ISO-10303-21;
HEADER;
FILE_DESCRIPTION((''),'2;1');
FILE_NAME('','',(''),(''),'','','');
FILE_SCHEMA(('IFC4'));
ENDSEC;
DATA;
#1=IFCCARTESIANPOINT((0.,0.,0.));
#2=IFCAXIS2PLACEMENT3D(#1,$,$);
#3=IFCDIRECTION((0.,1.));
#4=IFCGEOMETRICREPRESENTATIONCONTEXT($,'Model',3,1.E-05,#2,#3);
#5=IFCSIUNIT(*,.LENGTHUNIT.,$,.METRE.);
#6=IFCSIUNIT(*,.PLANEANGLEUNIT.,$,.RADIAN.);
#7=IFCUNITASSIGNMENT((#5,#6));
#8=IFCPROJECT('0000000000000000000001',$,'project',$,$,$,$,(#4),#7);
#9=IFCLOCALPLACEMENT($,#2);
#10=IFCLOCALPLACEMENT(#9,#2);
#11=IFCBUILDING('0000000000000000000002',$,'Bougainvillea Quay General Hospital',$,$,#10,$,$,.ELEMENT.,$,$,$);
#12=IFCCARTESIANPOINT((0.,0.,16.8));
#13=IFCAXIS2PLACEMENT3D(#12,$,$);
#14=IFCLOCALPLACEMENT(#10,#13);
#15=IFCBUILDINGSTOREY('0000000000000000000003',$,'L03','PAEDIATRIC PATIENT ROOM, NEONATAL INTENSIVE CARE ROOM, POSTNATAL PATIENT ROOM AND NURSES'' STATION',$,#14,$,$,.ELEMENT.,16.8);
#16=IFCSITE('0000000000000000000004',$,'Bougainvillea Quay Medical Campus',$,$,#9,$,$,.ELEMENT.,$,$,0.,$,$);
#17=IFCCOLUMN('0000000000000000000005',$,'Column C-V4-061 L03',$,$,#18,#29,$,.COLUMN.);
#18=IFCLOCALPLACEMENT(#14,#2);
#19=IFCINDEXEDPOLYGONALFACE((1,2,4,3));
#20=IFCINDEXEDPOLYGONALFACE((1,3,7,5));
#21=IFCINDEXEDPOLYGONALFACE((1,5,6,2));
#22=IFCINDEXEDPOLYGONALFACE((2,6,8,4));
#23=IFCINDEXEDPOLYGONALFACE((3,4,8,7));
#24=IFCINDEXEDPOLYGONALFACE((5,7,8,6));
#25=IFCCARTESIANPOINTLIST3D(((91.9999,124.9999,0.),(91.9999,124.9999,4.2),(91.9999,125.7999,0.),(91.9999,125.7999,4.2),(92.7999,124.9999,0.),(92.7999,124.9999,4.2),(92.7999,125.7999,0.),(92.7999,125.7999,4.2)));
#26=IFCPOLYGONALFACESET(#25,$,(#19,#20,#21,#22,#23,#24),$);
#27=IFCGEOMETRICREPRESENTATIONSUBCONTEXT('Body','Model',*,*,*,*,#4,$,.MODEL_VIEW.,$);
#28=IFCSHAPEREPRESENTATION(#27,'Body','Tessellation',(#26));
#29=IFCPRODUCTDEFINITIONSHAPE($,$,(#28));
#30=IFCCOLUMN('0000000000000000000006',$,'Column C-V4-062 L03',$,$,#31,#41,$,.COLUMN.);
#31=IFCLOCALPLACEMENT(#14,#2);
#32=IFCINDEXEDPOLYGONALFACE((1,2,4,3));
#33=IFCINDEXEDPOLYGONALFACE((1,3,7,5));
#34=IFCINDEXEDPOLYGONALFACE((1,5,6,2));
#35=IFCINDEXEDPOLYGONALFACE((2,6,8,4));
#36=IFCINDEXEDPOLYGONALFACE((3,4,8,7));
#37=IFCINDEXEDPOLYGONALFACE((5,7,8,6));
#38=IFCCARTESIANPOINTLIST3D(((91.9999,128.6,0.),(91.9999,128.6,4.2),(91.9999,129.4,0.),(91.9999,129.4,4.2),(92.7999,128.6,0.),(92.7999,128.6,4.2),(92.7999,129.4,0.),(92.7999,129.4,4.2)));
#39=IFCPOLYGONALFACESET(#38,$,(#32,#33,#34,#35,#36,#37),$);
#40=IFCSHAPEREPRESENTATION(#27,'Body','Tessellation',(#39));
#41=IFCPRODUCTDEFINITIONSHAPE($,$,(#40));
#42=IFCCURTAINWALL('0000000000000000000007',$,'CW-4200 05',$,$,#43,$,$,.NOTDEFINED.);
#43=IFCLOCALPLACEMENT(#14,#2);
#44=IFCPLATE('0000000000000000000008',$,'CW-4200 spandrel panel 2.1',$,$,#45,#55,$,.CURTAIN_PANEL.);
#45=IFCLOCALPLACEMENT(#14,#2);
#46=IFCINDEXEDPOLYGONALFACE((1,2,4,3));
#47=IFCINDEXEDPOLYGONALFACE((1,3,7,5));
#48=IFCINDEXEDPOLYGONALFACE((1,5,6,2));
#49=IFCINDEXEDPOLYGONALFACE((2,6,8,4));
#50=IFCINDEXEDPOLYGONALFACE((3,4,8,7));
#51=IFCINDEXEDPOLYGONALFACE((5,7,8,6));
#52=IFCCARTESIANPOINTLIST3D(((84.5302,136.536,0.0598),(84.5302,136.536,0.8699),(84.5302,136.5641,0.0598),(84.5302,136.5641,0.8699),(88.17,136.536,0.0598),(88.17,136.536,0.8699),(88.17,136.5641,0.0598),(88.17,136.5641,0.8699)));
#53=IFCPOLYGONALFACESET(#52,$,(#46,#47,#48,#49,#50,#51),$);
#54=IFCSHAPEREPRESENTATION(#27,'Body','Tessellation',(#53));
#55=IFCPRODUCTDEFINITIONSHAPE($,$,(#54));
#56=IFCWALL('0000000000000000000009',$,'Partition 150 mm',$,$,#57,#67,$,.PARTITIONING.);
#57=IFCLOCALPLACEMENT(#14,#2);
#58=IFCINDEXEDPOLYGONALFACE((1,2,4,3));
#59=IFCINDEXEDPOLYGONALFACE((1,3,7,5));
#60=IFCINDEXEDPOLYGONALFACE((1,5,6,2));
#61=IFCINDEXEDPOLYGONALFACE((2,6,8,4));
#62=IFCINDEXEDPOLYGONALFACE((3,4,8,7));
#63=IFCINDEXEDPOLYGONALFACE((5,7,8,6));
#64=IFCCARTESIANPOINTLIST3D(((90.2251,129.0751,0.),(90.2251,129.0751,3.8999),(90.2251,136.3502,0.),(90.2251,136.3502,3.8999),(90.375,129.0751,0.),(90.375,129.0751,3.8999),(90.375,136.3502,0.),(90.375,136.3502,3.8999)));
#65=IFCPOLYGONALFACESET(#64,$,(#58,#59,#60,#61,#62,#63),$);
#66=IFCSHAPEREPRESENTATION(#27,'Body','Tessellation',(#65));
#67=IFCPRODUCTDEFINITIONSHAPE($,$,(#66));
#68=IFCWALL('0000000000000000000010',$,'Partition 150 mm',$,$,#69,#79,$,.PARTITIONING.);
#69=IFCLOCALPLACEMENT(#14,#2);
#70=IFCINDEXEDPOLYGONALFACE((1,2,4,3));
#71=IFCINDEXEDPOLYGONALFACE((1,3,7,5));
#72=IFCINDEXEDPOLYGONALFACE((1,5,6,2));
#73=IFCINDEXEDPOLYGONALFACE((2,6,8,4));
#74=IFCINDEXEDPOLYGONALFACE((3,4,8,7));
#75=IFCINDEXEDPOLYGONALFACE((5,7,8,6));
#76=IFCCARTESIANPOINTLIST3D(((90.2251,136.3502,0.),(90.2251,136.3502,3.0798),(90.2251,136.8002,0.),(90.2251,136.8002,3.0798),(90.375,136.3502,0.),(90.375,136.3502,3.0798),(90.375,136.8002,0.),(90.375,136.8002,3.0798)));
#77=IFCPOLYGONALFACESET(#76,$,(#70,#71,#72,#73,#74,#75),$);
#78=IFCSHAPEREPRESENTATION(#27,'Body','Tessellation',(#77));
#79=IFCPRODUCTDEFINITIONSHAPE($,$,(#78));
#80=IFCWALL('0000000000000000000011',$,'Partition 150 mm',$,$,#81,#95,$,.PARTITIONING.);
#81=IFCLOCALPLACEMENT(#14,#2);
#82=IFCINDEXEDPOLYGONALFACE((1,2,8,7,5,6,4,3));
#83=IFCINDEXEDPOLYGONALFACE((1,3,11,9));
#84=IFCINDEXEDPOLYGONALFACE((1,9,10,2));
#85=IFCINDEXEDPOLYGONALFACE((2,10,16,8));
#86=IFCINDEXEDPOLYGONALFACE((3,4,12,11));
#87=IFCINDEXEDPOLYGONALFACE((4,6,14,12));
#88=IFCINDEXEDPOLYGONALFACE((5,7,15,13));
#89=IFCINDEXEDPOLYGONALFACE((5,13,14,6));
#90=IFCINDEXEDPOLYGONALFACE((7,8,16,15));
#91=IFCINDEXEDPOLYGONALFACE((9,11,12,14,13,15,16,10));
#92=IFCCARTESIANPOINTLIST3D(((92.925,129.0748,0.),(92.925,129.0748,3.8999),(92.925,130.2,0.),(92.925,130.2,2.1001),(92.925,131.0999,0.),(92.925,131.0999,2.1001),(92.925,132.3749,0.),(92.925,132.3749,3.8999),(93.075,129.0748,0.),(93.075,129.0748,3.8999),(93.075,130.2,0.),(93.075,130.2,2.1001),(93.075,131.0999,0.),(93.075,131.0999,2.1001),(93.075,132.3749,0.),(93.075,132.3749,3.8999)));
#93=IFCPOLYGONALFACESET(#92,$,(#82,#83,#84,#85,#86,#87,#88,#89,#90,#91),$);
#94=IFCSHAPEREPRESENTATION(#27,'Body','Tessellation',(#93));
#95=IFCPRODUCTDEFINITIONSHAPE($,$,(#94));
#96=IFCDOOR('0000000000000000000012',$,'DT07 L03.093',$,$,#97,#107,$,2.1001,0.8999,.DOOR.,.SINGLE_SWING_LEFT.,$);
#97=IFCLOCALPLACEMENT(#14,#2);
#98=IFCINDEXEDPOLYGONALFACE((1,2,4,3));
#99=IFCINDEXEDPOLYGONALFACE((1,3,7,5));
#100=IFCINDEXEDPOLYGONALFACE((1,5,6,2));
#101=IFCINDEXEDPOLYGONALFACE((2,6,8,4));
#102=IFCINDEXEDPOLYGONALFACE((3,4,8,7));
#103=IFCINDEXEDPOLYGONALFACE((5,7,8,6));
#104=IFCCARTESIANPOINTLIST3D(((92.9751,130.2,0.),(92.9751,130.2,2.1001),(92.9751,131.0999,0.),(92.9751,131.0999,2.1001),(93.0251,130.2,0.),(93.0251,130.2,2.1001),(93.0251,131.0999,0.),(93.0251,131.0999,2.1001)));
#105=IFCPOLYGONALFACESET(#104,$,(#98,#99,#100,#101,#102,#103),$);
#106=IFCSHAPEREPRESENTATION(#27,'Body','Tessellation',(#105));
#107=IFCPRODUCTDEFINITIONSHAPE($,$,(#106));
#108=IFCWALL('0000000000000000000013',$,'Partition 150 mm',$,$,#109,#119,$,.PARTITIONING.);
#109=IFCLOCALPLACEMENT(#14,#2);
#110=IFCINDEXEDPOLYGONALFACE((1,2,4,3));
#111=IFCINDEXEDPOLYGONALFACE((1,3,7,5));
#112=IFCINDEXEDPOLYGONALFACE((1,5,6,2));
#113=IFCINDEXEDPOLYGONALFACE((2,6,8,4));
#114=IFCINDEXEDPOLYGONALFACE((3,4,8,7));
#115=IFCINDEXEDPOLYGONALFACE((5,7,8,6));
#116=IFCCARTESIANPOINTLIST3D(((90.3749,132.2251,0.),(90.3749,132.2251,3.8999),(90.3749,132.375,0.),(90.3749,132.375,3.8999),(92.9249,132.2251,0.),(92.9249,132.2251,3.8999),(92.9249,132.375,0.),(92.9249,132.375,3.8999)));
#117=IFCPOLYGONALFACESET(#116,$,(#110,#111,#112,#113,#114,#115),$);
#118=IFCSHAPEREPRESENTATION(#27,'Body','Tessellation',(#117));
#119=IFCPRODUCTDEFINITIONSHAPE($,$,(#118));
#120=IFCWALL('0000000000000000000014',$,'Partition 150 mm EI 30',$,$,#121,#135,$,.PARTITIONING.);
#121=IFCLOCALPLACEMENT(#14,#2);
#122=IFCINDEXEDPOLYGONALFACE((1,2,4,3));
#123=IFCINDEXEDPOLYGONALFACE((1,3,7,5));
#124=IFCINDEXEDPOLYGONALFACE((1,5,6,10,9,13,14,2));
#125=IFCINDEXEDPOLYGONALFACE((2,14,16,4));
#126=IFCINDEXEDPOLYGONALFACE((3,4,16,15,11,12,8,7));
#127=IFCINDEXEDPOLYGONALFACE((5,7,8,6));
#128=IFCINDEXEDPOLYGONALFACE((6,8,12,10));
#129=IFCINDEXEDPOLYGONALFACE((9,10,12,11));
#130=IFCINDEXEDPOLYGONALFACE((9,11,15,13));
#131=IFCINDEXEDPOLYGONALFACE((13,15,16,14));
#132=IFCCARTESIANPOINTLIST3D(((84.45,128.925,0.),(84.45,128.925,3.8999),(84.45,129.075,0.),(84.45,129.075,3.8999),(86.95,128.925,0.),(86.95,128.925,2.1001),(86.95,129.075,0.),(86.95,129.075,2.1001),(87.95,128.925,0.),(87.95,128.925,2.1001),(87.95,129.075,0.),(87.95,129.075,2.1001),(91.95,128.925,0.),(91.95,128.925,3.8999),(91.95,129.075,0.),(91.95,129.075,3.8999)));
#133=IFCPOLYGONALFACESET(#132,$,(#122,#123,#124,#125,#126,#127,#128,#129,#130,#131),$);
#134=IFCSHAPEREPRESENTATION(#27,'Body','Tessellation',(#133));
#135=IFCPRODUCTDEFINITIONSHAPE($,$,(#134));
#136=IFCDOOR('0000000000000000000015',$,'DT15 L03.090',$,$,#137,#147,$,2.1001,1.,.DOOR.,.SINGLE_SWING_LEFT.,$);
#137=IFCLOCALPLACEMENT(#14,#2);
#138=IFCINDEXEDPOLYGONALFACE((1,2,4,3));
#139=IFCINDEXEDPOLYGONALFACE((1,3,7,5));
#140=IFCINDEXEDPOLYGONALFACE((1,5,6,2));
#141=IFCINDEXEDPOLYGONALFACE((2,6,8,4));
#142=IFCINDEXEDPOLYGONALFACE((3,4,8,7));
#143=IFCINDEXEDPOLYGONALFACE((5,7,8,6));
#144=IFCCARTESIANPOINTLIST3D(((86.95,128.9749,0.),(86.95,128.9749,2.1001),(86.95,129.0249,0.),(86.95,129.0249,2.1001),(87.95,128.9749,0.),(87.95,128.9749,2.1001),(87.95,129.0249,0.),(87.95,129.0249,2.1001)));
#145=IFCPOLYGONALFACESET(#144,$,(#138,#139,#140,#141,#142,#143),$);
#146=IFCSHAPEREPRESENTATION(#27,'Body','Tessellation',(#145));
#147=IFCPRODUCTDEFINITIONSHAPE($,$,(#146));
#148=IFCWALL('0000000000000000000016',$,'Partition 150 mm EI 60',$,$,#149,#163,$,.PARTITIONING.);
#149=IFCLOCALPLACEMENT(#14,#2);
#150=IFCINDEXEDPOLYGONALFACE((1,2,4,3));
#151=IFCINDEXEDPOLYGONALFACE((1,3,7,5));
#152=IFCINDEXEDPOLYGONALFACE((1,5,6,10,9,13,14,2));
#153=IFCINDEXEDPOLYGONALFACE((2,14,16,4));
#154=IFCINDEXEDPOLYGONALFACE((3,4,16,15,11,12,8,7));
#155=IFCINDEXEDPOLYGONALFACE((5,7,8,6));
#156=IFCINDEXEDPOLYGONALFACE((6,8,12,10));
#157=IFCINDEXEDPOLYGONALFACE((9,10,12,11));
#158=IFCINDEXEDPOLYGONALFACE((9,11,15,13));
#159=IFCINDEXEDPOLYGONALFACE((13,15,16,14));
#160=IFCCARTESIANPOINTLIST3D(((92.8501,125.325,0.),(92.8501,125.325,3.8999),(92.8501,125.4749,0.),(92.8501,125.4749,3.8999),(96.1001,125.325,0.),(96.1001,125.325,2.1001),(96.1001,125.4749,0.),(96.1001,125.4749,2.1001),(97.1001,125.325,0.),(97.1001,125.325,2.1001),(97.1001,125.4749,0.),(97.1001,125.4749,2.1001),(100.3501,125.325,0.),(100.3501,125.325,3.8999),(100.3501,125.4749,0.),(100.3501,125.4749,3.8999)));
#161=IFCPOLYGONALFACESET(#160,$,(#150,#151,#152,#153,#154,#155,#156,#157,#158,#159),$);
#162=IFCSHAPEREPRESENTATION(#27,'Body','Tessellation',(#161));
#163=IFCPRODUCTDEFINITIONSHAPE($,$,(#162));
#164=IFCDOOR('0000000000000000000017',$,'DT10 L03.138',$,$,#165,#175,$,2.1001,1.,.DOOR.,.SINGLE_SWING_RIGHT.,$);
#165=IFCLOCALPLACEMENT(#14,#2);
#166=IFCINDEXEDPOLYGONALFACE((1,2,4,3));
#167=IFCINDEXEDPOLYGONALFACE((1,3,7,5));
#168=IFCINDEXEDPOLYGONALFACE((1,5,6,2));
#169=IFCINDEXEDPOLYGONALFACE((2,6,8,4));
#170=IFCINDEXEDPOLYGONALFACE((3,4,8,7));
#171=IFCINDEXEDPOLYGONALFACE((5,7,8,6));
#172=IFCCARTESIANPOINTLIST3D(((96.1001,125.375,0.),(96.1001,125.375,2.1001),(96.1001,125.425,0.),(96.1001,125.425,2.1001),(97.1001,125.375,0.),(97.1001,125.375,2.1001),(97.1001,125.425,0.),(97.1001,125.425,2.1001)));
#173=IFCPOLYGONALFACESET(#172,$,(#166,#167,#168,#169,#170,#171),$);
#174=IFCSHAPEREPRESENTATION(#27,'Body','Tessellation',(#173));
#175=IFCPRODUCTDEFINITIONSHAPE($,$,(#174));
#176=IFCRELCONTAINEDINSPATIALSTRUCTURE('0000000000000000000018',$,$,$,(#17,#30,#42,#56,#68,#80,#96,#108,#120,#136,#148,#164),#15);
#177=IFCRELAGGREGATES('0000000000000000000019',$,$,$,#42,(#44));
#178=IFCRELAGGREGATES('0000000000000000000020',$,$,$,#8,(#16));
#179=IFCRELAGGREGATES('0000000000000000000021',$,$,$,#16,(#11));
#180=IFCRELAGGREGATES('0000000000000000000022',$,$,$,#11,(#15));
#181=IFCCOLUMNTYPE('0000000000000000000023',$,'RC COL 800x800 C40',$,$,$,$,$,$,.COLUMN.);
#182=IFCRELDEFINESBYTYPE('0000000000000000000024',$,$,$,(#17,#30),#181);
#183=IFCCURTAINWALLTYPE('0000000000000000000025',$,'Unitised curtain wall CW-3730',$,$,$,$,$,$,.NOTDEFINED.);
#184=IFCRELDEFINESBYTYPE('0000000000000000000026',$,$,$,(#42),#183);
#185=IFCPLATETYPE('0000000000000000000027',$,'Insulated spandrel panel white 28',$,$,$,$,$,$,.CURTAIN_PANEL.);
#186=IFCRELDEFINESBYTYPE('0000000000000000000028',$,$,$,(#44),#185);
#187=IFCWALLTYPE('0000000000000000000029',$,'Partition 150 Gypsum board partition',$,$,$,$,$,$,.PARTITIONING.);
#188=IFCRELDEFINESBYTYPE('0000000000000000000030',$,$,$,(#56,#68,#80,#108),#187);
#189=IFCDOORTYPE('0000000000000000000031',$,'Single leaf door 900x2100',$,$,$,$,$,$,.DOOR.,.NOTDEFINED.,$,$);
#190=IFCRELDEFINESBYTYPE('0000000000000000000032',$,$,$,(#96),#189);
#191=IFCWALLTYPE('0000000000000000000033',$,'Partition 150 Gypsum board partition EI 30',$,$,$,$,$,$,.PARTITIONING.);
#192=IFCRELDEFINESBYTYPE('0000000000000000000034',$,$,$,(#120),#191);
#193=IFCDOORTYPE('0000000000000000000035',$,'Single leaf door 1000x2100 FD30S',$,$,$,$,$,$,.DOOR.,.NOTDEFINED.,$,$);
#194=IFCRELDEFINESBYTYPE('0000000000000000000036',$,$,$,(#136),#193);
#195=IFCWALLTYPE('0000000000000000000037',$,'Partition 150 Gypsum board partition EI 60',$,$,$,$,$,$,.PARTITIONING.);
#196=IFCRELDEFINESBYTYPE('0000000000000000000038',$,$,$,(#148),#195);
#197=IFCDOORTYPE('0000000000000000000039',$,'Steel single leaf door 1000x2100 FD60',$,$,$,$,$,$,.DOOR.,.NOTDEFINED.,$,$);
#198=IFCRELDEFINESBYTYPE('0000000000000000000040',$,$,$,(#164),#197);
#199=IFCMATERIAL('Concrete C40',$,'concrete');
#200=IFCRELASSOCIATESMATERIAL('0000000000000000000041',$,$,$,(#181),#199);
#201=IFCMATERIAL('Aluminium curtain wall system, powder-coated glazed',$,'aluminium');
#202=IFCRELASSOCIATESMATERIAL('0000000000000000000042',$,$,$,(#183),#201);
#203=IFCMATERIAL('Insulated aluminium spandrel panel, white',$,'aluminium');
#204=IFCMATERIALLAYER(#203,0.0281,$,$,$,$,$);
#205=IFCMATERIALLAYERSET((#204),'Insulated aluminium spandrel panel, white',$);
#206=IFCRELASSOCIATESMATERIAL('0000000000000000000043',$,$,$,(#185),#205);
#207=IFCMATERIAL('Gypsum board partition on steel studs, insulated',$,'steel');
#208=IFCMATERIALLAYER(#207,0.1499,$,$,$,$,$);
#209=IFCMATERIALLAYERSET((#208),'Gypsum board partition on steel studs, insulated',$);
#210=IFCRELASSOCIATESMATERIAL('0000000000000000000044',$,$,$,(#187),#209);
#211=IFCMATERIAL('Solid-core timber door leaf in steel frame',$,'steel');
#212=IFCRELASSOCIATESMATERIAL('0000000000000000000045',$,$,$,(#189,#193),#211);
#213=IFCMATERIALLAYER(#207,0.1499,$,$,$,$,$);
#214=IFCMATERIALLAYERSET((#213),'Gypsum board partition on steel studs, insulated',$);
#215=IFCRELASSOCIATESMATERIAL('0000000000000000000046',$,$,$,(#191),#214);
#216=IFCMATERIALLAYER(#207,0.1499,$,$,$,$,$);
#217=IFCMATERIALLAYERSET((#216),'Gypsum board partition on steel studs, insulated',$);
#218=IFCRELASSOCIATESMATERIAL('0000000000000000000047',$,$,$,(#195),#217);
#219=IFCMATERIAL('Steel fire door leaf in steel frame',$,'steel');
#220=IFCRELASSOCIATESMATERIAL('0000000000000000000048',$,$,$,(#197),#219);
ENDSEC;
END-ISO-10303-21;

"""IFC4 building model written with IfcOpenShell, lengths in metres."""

from ifc_helpers import new_model, si_unit, direction, frame, frame_2d, origin, origin_2d, place, context, subcontext, project, spatial, rectangle, extrude, material, layer, layer_set, material_profile, profile_set, type_object, element, fill, aggregate, save


model = new_model("IFC4")

# Units and contexts
model_context = context("Model", 3, precision=1e-05, world=origin(), true_north=direction((0.0, 1.0)))
body_context = subcontext(model_context, "Body", "Model", "MODEL_VIEW")
ifc_project = project(units=[si_unit("LENGTHUNIT", "METRE"), si_unit("PLANEANGLEUNIT", "RADIAN")], contexts=[model_context])

# Site, building, storey
site_placement = place(None, origin())
site = spatial("IfcSite", under=ifc_project, at=site_placement, Name="Bougainvillea Quay Medical Campus", CompositionType="ELEMENT", RefElevation=0.0)
building_placement = place(site_placement, origin())
building = spatial("IfcBuilding", under=site, at=building_placement, Name="Bougainvillea Quay General Hospital", CompositionType="ELEMENT")
storey_placement = place(building_placement, frame((0.0, 0.0, 16.8)))
storey = spatial("IfcBuildingStorey", under=building, at=storey_placement, Name="L03", Description="PAEDIATRIC PATIENT ROOM, NEONATAL INTENSIVE CARE ROOM, POSTNATAL PATIENT ROOM AND NURSES' STATION", CompositionType="ELEMENT", Elevation=16.8)

# Columns
ifc_material_1 = material(Name="Concrete C40", Category="concrete")
ifc_material_profile_1 = material_profile(ifc_material_1, rectangle(XDim=0.8, YDim=0.8, at=origin_2d()))
ifc_profile_set_1 = profile_set([ifc_material_profile_1], Name="Concrete C40")
column_type = type_object("IfcColumnType", Name="RC COL 800x800 C40", PredefinedType="COLUMN", material=ifc_profile_set_1)
for number, where, z_axis, x_axis, name in (
    (1, (92.3999, 125.3999, 0.0), (0.0, 0.0, 1.0), (1.0, 0.0, 0.0), "Column C-V4-061 L03"),
    (2, (92.3999, 129.0, 0.0), (0.0, 0.0, 1.0), (1.0, 0.0, 0.0), "Column C-V4-062 L03"),
):
    element("IfcColumn", number, at=place(storey_placement, frame(where, z_axis=z_axis, x_axis=x_axis)), inside=storey, type_object=column_type, Name=name, PredefinedType="COLUMN", context=body_context, shape_type="SweptSolid", body=[
        extrude(rectangle(XDim=0.8, YDim=0.8, at=origin_2d()), origin(), (0.0, 0.0, 1.0), 4.2),
    ])

# Curtain wall, plate
ifc_material_2 = material(Name="Aluminium curtain wall system, powder-coated glazed", Category="aluminium")
curtain_wall_type = type_object("IfcCurtainWallType", Name="Unitised curtain wall CW-3730", PredefinedType="NOTDEFINED", material=ifc_material_2)
curtain_wall_placement = place(storey_placement, origin())
curtain_wall = element("IfcCurtainWall", 3, at=curtain_wall_placement, inside=storey, type_object=curtain_wall_type, Name="CW-4200 05", PredefinedType="NOTDEFINED")
ifc_material_3 = material(Name="Insulated aluminium spandrel panel, white", Category="aluminium")
ifc_layer_1 = layer(ifc_material_3, 0.0281)
ifc_layer_set_1 = layer_set([ifc_layer_1], Name="Insulated aluminium spandrel panel, white")
plate_type = type_object("IfcPlateType", Name="Insulated spandrel panel white 28", PredefinedType="CURTAIN_PANEL", material=ifc_layer_set_1)
plate_placement = place(storey_placement, frame((86.3501, 136.55, 0.0598), z_axis=(0.0, 0.0, 1.0), x_axis=(-1.0, 0.0, 0.0)))
plate = element("IfcPlate", 4, at=plate_placement, type_object=plate_type, Name="CW-4200 spandrel panel 2.1", PredefinedType="CURTAIN_PANEL", context=body_context, shape_type="SweptSolid", body=[
    extrude(rectangle(XDim=3.6399, YDim=0.0281, at=origin_2d()), origin(), (0.0, 0.0, 1.0), 0.8101),
])
aggregate(curtain_wall, [plate])

# Walls
ifc_material_4 = material(Name="Gypsum board partition on steel studs, insulated", Category="steel")
ifc_layer_2 = layer(ifc_material_4, 0.1499)
ifc_layer_set_2 = layer_set([ifc_layer_2], Name="Gypsum board partition on steel studs, insulated")
wall_type_1 = type_object("IfcWallType", Name="Partition 150 Gypsum board partition", PredefinedType="PARTITIONING", material=ifc_layer_set_2)
wall_1_placement = place(storey_placement, frame((90.3, 129.075, 0.0), z_axis=(0.0, 0.0, 1.0), x_axis=(0.0, 1.0, 0.0)))
element("IfcWall", 5, at=wall_1_placement, inside=storey, type_object=wall_type_1, Name="Partition 150 mm", PredefinedType="PARTITIONING", context=body_context, shape_type="SweptSolid", body=[
    extrude(rectangle(XDim=7.2751, YDim=0.1499, at=frame_2d((3.6377, 0.0))), origin(), (0.0, 0.0, 1.0), 3.8999),
])
wall_2_placement = place(storey_placement, frame((90.3, 136.3501, 0.0), z_axis=(0.0, 0.0, 1.0), x_axis=(0.0, 1.0, 0.0)))
element("IfcWall", 6, at=wall_2_placement, inside=storey, type_object=wall_type_1, Name="Partition 150 mm", PredefinedType="PARTITIONING", context=body_context, shape_type="SweptSolid", body=[
    extrude(rectangle(XDim=0.45, YDim=0.1499, at=frame_2d((0.2251, 0.0))), origin(), (0.0, 0.0, 1.0), 3.0798),
])

# Wall, opening, door
wall_3_placement = place(storey_placement, frame((93.0, 129.075, 0.0), z_axis=(0.0, 0.0, 1.0), x_axis=(0.0, 1.0, 0.0)))
wall_3 = element("IfcWall", 7, at=wall_3_placement, inside=storey, type_object=wall_type_1, Name="Partition 150 mm", PredefinedType="PARTITIONING", context=body_context, shape_type="SweptSolid", body=[
    extrude(rectangle(XDim=3.3, YDim=0.1499, at=frame_2d((1.6499, 0.0))), origin(), (0.0, 0.0, 1.0), 3.8999),
])
opening_1_placement = place(wall_3_placement, frame((1.125, 0.0, 0.0)))
opening_1 = element("IfcOpeningElement", 8, at=opening_1_placement, cuts=wall_3, PredefinedType="OPENING", context=body_context, shape_type="SweptSolid", body=[
    extrude(rectangle(XDim=0.8999, YDim=2.1001, at=frame_2d((0.45, 1.05))), frame((0.0, 0.085, 0.0), z_axis=(0.0, -1.0, 0.0), x_axis=(1.0, 0.0, 0.0)), (0.0, 0.0, 1.0), 0.1699),
])
ifc_material_5 = material(Name="Solid-core timber door leaf in steel frame", Category="steel")
door_type_1 = type_object("IfcDoorType", Name="Single leaf door 900x2100", OperationType="NOTDEFINED", PredefinedType="DOOR", material=ifc_material_5)
door_1_placement = place(opening_1_placement, origin())
door_1 = element("IfcDoor", 9, at=door_1_placement, inside=storey, type_object=door_type_1, Name="DT07 L03.093", OperationType="SINGLE_SWING_LEFT", OverallHeight=2.1001, OverallWidth=0.8999, PredefinedType="DOOR", context=body_context, shape_type="SweptSolid", body=[
    extrude(rectangle(XDim=0.8999, YDim=2.1001, at=frame_2d((0.45, 1.05))), frame((0.0, 0.0249, 0.0), z_axis=(0.0, -1.0, 0.0), x_axis=(1.0, 0.0, 0.0)), (0.0, 0.0, 1.0), 0.05),
])
fill(opening_1, door_1)

# Wall
wall_4_placement = place(storey_placement, frame((90.375, 132.3, 0.0), z_axis=(0.0, 0.0, 1.0), x_axis=(1.0, 0.0, 0.0)))
element("IfcWall", 10, at=wall_4_placement, inside=storey, type_object=wall_type_1, Name="Partition 150 mm", PredefinedType="PARTITIONING", context=body_context, shape_type="SweptSolid", body=[
    extrude(rectangle(XDim=2.55, YDim=0.1499, at=frame_2d((1.2749, 0.0))), origin(), (0.0, 0.0, 1.0), 3.8999),
])

# Walls, openings, doors
ifc_layer_3 = layer(ifc_material_4, 0.1499)
ifc_layer_set_3 = layer_set([ifc_layer_3], Name="Gypsum board partition on steel studs, insulated")
wall_type_2 = type_object("IfcWallType", Name="Partition 150 Gypsum board partition EI 30", PredefinedType="PARTITIONING", material=ifc_layer_set_3)
wall_5_placement = place(storey_placement, frame((91.95, 129.0, 0.0), z_axis=(0.0, 0.0, 1.0), x_axis=(-1.0, 0.0, 0.0)))
wall_5 = element("IfcWall", 11, at=wall_5_placement, inside=storey, type_object=wall_type_2, Name="Partition 150 mm EI 30", PredefinedType="PARTITIONING", context=body_context, shape_type="SweptSolid", body=[
    extrude(rectangle(XDim=7.5, YDim=0.1499, at=frame_2d((3.75, 0.0))), origin(), (0.0, 0.0, 1.0), 3.8999),
])
opening_2_placement = place(wall_5_placement, frame((4.0, 0.0, 0.0)))
opening_2 = element("IfcOpeningElement", 12, at=opening_2_placement, cuts=wall_5, PredefinedType="OPENING", context=body_context, shape_type="SweptSolid", body=[
    extrude(rectangle(XDim=1.0, YDim=2.1001, at=frame_2d((0.5, 1.05))), frame((0.0, 0.085, 0.0), z_axis=(0.0, -1.0, 0.0), x_axis=(1.0, 0.0, 0.0)), (0.0, 0.0, 1.0), 0.1699),
])
door_type_2 = type_object("IfcDoorType", Name="Single leaf door 1000x2100 FD30S", OperationType="NOTDEFINED", PredefinedType="DOOR", material=ifc_material_5)
door_2_placement = place(opening_2_placement, frame((1.0, 0.0, 0.0), z_axis=(0.0, 0.0, 1.0), x_axis=(-1.0, 0.0, 0.0)))
door_2 = element("IfcDoor", 13, at=door_2_placement, inside=storey, type_object=door_type_2, Name="DT15 L03.090", OperationType="SINGLE_SWING_LEFT", OverallHeight=2.1001, OverallWidth=1.0, PredefinedType="DOOR", context=body_context, shape_type="SweptSolid", body=[
    extrude(rectangle(XDim=1.0, YDim=2.1001, at=frame_2d((0.5, 1.05))), frame((0.0, 0.0249, 0.0), z_axis=(0.0, -1.0, 0.0), x_axis=(1.0, 0.0, 0.0)), (0.0, 0.0, 1.0), 0.05),
])
fill(opening_2, door_2)
ifc_layer_4 = layer(ifc_material_4, 0.1499)
ifc_layer_set_4 = layer_set([ifc_layer_4], Name="Gypsum board partition on steel studs, insulated")
wall_type_3 = type_object("IfcWallType", Name="Partition 150 Gypsum board partition EI 60", PredefinedType="PARTITIONING", material=ifc_layer_set_4)
wall_6_placement = place(storey_placement, frame((92.8501, 125.3999, 0.0), z_axis=(0.0, 0.0, 1.0), x_axis=(1.0, 0.0, 0.0)))
wall_6 = element("IfcWall", 14, at=wall_6_placement, inside=storey, type_object=wall_type_3, Name="Partition 150 mm EI 60", PredefinedType="PARTITIONING", context=body_context, shape_type="SweptSolid", body=[
    extrude(rectangle(XDim=7.5, YDim=0.1499, at=frame_2d((3.75, 0.0))), origin(), (0.0, 0.0, 1.0), 3.8999),
])
opening_3_placement = place(wall_6_placement, frame((3.25, 0.0, 0.0)))
opening_3 = element("IfcOpeningElement", 15, at=opening_3_placement, cuts=wall_6, PredefinedType="OPENING", context=body_context, shape_type="SweptSolid", body=[
    extrude(rectangle(XDim=1.0, YDim=2.1001, at=frame_2d((0.5, 1.05))), frame((0.0, 0.085, 0.0), z_axis=(0.0, -1.0, 0.0), x_axis=(1.0, 0.0, 0.0)), (0.0, 0.0, 1.0), 0.1699),
])
ifc_material_6 = material(Name="Steel fire door leaf in steel frame", Category="steel")
door_type_3 = type_object("IfcDoorType", Name="Steel single leaf door 1000x2100 FD60", OperationType="NOTDEFINED", PredefinedType="DOOR", material=ifc_material_6)
door_3_placement = place(opening_3_placement, frame((1.0, 0.0, 0.0), z_axis=(0.0, 0.0, 1.0), x_axis=(-1.0, 0.0, 0.0)))
door_3 = element("IfcDoor", 16, at=door_3_placement, inside=storey, type_object=door_type_3, Name="DT10 L03.138", OperationType="SINGLE_SWING_RIGHT", OverallHeight=2.1001, OverallWidth=1.0, PredefinedType="DOOR", context=body_context, shape_type="SweptSolid", body=[
    extrude(rectangle(XDim=1.0, YDim=2.1001, at=frame_2d((0.5, 1.05))), frame((0.0, 0.0249, 0.0), z_axis=(0.0, -1.0, 0.0), x_axis=(1.0, 0.0, 0.0)), (0.0, 0.0, 1.0), 0.05),
])
fill(opening_3, door_3)

save(model, "model.ifc")
